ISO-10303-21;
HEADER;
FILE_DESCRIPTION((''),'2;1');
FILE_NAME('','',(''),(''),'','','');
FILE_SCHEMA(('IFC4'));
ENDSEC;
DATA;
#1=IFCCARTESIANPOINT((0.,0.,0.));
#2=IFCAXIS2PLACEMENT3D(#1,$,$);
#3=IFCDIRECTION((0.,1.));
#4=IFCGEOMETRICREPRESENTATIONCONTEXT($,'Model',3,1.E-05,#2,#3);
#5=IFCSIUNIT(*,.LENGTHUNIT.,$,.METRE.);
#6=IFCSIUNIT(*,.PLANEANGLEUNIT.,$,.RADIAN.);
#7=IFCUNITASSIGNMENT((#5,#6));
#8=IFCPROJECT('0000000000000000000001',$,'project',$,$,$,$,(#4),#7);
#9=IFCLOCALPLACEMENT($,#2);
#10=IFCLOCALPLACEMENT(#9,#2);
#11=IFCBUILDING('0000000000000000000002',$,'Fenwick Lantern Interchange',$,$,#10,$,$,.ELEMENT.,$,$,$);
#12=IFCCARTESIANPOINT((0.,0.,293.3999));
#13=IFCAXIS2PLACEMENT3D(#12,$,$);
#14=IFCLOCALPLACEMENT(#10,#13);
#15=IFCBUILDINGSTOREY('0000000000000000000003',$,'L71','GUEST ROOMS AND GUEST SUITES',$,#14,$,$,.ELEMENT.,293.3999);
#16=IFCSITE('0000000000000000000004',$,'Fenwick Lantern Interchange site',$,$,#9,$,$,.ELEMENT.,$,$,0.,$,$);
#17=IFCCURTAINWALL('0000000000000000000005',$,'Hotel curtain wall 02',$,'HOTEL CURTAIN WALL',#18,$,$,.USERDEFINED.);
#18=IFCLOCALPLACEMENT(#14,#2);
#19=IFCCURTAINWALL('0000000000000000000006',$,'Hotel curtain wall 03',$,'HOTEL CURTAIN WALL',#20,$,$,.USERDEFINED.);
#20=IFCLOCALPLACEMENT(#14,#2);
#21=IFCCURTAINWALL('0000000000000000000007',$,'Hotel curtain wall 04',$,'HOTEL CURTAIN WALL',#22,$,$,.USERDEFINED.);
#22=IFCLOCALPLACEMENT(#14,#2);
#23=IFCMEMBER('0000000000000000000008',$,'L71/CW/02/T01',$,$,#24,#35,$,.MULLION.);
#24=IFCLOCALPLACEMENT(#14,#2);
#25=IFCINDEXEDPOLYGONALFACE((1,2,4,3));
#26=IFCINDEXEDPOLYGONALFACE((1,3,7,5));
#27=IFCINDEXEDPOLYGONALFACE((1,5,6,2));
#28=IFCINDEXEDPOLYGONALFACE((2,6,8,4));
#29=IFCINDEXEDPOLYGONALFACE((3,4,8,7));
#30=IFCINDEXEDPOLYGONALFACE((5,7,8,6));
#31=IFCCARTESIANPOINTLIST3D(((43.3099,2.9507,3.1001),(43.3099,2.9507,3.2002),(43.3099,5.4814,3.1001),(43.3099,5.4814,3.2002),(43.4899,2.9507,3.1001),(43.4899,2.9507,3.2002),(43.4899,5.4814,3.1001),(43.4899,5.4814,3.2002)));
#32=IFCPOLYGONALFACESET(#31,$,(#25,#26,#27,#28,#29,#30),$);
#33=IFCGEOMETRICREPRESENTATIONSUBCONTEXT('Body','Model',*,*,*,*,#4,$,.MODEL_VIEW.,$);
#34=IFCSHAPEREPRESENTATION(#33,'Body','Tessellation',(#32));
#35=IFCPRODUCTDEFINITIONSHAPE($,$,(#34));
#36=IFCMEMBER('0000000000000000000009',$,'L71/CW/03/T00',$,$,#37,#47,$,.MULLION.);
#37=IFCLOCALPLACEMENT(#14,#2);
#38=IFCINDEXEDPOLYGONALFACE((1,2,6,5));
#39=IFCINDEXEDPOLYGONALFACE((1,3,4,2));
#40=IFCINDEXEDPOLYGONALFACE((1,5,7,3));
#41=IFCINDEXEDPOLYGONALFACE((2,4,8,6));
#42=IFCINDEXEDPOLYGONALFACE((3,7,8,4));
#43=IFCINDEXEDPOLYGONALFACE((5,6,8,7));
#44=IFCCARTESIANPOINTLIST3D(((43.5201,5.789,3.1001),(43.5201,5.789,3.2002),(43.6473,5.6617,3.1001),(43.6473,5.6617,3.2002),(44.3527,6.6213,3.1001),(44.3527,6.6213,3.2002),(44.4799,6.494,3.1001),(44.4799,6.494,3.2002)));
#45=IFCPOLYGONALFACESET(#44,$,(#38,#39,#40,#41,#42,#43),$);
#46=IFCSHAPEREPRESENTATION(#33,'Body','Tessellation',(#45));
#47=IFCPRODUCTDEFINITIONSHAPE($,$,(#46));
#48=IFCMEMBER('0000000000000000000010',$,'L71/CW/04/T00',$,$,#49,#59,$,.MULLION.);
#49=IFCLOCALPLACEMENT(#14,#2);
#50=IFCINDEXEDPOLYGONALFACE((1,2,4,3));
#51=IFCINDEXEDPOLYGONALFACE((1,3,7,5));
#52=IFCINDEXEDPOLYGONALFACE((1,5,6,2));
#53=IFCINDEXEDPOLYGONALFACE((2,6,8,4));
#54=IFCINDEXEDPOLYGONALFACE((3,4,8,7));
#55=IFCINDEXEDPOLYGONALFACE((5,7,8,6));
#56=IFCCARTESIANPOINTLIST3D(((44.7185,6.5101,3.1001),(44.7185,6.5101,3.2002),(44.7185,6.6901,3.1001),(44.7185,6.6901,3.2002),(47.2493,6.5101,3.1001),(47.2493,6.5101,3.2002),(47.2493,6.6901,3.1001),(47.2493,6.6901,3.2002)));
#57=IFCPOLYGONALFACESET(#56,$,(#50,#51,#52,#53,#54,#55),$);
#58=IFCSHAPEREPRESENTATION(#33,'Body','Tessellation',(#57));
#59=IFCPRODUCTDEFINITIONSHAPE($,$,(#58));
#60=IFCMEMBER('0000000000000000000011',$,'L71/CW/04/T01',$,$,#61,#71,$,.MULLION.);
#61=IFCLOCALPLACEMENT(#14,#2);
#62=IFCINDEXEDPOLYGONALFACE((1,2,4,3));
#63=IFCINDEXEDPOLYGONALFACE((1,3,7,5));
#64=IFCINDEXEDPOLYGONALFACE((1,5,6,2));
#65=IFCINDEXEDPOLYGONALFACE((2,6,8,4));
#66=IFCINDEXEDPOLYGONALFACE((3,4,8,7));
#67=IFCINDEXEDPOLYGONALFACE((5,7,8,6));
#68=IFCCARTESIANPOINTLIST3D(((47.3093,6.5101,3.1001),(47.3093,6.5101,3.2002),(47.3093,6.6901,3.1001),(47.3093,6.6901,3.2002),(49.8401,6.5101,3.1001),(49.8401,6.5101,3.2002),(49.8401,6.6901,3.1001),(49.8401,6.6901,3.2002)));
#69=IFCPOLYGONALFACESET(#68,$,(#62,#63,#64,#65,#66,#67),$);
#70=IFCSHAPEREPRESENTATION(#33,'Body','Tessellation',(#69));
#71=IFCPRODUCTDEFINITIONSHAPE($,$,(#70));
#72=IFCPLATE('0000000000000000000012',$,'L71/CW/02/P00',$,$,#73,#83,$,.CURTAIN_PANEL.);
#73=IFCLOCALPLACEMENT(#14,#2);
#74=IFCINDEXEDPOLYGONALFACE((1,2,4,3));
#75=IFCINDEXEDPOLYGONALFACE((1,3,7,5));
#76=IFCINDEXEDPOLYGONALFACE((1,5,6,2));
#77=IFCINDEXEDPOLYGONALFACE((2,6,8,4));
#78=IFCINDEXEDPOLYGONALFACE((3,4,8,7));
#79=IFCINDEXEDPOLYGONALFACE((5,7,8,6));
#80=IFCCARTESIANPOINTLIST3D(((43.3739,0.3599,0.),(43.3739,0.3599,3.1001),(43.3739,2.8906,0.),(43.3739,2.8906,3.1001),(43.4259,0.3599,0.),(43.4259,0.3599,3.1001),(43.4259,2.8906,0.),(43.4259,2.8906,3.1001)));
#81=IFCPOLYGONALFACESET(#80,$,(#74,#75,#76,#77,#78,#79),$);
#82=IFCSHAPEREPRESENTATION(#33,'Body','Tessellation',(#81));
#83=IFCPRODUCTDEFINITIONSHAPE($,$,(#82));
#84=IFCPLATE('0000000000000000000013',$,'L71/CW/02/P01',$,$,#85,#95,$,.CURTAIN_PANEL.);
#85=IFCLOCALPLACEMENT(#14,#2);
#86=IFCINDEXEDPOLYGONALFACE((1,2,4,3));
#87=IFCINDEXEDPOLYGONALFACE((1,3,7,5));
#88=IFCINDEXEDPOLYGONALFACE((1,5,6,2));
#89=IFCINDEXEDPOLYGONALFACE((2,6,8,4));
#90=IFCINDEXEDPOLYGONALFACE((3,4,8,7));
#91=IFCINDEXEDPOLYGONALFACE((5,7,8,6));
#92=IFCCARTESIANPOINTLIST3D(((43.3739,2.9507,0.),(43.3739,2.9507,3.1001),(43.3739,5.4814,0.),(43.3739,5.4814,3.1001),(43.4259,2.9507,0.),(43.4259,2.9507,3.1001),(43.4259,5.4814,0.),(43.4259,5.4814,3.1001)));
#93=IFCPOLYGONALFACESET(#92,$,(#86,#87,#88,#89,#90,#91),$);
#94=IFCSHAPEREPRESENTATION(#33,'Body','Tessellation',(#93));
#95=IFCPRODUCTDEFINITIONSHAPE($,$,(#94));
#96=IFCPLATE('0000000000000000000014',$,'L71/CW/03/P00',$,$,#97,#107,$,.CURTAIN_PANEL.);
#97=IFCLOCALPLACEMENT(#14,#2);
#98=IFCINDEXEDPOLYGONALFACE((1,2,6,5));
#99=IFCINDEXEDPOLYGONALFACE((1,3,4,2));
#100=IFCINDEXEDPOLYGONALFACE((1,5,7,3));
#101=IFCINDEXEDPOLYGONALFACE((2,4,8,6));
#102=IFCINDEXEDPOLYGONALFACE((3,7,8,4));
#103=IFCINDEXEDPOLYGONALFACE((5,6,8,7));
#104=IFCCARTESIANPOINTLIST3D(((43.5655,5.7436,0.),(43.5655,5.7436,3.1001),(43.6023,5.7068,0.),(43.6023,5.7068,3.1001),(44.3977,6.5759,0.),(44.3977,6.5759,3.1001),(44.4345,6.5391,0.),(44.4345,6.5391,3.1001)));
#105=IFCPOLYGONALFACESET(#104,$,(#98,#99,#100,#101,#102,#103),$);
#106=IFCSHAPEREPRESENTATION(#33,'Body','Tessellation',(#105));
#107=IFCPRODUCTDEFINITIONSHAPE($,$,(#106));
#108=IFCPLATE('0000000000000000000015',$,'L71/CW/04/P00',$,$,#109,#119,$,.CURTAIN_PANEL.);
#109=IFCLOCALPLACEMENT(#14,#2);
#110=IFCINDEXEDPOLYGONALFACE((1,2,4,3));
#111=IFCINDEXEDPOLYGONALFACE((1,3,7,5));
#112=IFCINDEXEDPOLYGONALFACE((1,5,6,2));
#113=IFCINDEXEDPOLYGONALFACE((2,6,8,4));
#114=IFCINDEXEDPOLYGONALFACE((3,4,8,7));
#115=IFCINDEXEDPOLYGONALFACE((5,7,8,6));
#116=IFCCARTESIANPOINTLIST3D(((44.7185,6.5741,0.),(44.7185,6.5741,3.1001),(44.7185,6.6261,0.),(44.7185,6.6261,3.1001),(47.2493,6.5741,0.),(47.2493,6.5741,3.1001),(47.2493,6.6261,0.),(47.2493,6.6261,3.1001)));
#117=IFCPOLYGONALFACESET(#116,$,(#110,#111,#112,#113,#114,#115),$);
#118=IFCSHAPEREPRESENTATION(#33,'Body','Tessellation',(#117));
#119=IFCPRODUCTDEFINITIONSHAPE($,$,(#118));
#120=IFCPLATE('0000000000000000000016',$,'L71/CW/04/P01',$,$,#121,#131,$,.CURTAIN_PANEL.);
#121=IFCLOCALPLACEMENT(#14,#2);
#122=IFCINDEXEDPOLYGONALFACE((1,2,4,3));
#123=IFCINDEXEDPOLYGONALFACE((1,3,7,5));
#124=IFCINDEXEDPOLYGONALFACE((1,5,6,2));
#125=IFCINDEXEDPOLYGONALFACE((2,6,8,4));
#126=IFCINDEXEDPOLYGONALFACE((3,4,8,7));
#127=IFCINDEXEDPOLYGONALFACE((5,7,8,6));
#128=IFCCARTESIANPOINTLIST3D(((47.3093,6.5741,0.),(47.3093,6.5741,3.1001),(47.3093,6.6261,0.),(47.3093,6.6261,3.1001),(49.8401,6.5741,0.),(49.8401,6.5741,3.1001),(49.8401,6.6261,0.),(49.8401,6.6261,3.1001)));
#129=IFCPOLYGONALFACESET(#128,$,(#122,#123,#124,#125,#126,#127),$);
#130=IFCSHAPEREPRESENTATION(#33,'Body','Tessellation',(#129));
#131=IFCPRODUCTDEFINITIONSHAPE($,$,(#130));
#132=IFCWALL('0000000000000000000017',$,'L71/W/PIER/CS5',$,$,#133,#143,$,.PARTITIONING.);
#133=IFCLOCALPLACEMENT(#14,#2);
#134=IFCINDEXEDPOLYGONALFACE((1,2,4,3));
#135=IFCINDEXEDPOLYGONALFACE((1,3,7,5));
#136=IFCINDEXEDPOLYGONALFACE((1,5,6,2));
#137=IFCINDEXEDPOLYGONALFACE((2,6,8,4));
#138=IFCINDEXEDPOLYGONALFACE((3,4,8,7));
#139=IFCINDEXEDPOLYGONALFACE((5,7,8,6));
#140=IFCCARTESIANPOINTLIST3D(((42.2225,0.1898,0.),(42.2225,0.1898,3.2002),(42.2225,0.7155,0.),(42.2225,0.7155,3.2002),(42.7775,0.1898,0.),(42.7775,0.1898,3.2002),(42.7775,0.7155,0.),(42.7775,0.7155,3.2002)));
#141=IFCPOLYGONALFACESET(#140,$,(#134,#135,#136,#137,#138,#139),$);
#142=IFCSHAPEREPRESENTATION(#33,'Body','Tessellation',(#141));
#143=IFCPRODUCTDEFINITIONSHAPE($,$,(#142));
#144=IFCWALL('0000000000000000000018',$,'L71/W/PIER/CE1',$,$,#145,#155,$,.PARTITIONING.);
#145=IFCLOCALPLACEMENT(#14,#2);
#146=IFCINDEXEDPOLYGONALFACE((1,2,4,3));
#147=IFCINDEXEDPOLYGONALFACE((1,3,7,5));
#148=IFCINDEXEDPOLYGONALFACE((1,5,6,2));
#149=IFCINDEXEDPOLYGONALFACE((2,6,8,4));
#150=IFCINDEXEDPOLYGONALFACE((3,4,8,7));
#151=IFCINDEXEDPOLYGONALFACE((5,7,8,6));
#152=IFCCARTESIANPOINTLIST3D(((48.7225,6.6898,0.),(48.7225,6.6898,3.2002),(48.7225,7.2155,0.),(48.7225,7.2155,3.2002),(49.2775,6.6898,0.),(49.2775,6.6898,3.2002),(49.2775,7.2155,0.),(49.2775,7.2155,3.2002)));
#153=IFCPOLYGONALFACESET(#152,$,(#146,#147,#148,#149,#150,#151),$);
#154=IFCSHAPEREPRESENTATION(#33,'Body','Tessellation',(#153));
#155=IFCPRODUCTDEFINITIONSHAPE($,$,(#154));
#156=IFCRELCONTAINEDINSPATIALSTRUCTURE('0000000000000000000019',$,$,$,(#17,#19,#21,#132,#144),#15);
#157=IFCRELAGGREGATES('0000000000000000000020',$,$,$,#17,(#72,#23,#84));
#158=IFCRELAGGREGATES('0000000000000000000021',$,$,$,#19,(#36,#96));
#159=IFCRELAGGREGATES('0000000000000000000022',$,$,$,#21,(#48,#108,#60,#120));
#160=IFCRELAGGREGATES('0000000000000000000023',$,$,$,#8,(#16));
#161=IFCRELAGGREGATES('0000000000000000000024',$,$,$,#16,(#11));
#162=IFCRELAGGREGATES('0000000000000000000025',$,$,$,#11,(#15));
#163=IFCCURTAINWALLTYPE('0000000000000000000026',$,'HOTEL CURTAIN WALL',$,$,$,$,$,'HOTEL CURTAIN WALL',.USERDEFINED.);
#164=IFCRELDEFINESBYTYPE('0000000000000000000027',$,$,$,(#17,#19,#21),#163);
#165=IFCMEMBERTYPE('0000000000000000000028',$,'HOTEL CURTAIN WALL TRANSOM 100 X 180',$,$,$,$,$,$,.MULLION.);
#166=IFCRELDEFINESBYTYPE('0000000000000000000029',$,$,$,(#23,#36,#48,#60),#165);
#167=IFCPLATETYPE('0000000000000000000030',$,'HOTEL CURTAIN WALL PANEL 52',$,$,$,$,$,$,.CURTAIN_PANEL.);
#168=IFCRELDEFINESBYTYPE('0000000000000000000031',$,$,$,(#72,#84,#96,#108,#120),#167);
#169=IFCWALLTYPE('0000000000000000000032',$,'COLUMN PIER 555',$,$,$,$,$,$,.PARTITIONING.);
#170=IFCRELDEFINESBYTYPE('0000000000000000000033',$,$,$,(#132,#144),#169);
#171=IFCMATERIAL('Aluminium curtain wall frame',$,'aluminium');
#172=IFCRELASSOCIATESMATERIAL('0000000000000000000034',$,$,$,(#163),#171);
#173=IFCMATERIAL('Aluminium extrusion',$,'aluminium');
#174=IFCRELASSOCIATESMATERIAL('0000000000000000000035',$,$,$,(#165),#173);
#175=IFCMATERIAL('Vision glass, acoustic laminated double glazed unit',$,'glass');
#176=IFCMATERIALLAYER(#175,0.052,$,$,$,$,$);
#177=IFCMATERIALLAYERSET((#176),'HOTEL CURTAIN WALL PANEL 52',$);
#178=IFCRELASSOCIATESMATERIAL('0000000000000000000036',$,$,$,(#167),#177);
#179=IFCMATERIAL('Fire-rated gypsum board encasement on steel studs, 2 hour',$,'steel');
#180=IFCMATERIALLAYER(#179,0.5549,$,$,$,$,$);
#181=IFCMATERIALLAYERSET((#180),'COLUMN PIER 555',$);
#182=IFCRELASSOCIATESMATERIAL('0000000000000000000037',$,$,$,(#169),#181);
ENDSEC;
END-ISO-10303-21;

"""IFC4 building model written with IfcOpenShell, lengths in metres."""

from ifc_helpers import new_model, si_unit, direction, frame, frame_2d, origin, origin_2d, place, context, subcontext, project, spatial, rectangle, extrude, material, layer, layer_set, material_profile, profile_set, type_object, element, aggregate, save


model = new_model("IFC4")

# Units and contexts
model_context = context("Model", 3, precision=1e-05, world=origin(), true_north=direction((0.0, 1.0)))
body_context = subcontext(model_context, "Body", "Model", "MODEL_VIEW")
ifc_project = project(units=[si_unit("LENGTHUNIT", "METRE"), si_unit("PLANEANGLEUNIT", "RADIAN")], contexts=[model_context])

# Site, building, storey
site_placement = place(None, origin())
site = spatial("IfcSite", under=ifc_project, at=site_placement, Name="Fenwick Lantern Interchange site", CompositionType="ELEMENT", RefElevation=0.0)
building_placement = place(site_placement, origin())
building = spatial("IfcBuilding", under=site, at=building_placement, Name="Fenwick Lantern Interchange", CompositionType="ELEMENT")
storey_placement = place(building_placement, frame((0.0, 0.0, 293.3999)))
storey = spatial("IfcBuildingStorey", under=building, at=storey_placement, Name="L71", Description="GUEST ROOMS AND GUEST SUITES", CompositionType="ELEMENT", Elevation=293.3999)

# Shared definitions
ifc_material_1 = material(Name="Aluminium curtain wall frame", Category="aluminium")
curtain_wall_type = type_object("IfcCurtainWallType", Name="HOTEL CURTAIN WALL", ElementType="HOTEL CURTAIN WALL", PredefinedType="USERDEFINED", material=ifc_material_1)
ifc_material_2 = material(Name="Aluminium extrusion", Category="aluminium")

# Curtain walls
curtain_wall_1_placement = place(storey_placement, origin())
curtain_wall_1 = element("IfcCurtainWall", 1, at=curtain_wall_1_placement, inside=storey, type_object=curtain_wall_type, Name="Hotel curtain wall 02", ObjectType="HOTEL CURTAIN WALL", PredefinedType="USERDEFINED")
curtain_wall_2_placement = place(storey_placement, origin())
curtain_wall_2 = element("IfcCurtainWall", 2, at=curtain_wall_2_placement, inside=storey, type_object=curtain_wall_type, Name="Hotel curtain wall 03", ObjectType="HOTEL CURTAIN WALL", PredefinedType="USERDEFINED")
curtain_wall_3_placement = place(storey_placement, origin())
curtain_wall_3 = element("IfcCurtainWall", 3, at=curtain_wall_3_placement, inside=storey, type_object=curtain_wall_type, Name="Hotel curtain wall 04", ObjectType="HOTEL CURTAIN WALL", PredefinedType="USERDEFINED")

# Members
ifc_material_profile_1 = material_profile(ifc_material_2, rectangle(XDim=0.1799, YDim=0.1001, at=origin_2d()), Name="HOTEL CURTAIN WALL TRANSOM 100 X 180")
ifc_profile_set_1 = profile_set([ifc_material_profile_1], Name="Aluminium extrusion")
member_type_1 = type_object("IfcMemberType", Name="HOTEL CURTAIN WALL TRANSOM 100 X 180", PredefinedType="MULLION", material=ifc_profile_set_1)
member_1_placement = place(storey_placement, frame((43.3999, 2.9507, 3.1501), z_axis=(0.0, 1.0, 0.0), x_axis=(-1.0, 0.0, 0.0)))
member_1 = element("IfcMember", 4, at=member_1_placement, type_object=member_type_1, Name="L71/CW/02/T01", PredefinedType="MULLION", context=body_context, shape_type="SweptSolid", body=[
    extrude(rectangle(XDim=0.1799, YDim=0.1001, at=origin_2d()), origin(), (0.0, 0.0, 1.0), 2.5308),
])
member_2_placement = place(storey_placement, frame((43.5837, 5.7253, 3.1501), z_axis=(0.70721, 0.707003, 0.0), x_axis=(-0.707003, 0.70721, 0.0)))
member_2 = element("IfcMember", 5, at=member_2_placement, type_object=member_type_1, Name="L71/CW/03/T00", PredefinedType="MULLION", context=body_context, shape_type="SweptSolid", body=[
    extrude(rectangle(XDim=0.1799, YDim=0.1001, at=origin_2d()), origin(), (0.0, 0.0, 1.0), 1.1772),
])
member_3_placement = place(storey_placement, frame((44.7185, 6.6001, 3.1501), z_axis=(1.0, 0.0, 0.0), x_axis=(0.0, 1.0, 0.0)))
member_3 = element("IfcMember", 6, at=member_3_placement, type_object=member_type_1, Name="L71/CW/04/T00", PredefinedType="MULLION", context=body_context, shape_type="SweptSolid", body=[
    extrude(rectangle(XDim=0.1799, YDim=0.1001, at=origin_2d()), origin(), (0.0, 0.0, 1.0), 2.5308),
])
member_4_placement = place(storey_placement, frame((47.3093, 6.6001, 3.1501), z_axis=(1.0, 0.0, 0.0), x_axis=(0.0, 1.0, 0.0)))
member_4 = element("IfcMember", 7, at=member_4_placement, type_object=member_type_1, Name="L71/CW/04/T01", PredefinedType="MULLION", context=body_context, shape_type="SweptSolid", body=[
    extrude(rectangle(XDim=0.1799, YDim=0.1001, at=origin_2d()), origin(), (0.0, 0.0, 1.0), 2.5308),
])

# Plates
ifc_material_3 = material(Name="Vision glass, acoustic laminated double glazed unit", Category="glass")
ifc_layer_1 = layer(ifc_material_3, 0.052)
ifc_layer_set_1 = layer_set([ifc_layer_1], Name="HOTEL CURTAIN WALL PANEL 52")
plate_type = type_object("IfcPlateType", Name="HOTEL CURTAIN WALL PANEL 52", PredefinedType="CURTAIN_PANEL", material=ifc_layer_set_1)
plate_1_placement = place(storey_placement, frame((43.3999, 1.6252, 0.0), z_axis=(0.0, 0.0, 1.0), x_axis=(0.0, 1.0, 0.0)))
plate_1 = element("IfcPlate", 8, at=plate_1_placement, type_object=plate_type, Name="L71/CW/02/P00", PredefinedType="CURTAIN_PANEL", context=body_context, shape_type="SweptSolid", body=[
    extrude(rectangle(XDim=2.5308, YDim=0.052, at=origin_2d()), origin(), (0.0, 0.0, 1.0), 3.1001),
])
plate_2_placement = place(storey_placement, frame((43.3999, 4.2161, 0.0), z_axis=(0.0, 0.0, 1.0), x_axis=(0.0, 1.0, 0.0)))
plate_2 = element("IfcPlate", 9, at=plate_2_placement, type_object=plate_type, Name="L71/CW/02/P01", PredefinedType="CURTAIN_PANEL", context=body_context, shape_type="SweptSolid", body=[
    extrude(rectangle(XDim=2.5308, YDim=0.052, at=origin_2d()), origin(), (0.0, 0.0, 1.0), 3.1001),
])
aggregate(curtain_wall_1, [plate_1, member_1, plate_2])
plate_3_placement = place(storey_placement, frame((44.0, 6.1414, 0.0), z_axis=(0.0, 0.0, 1.0), x_axis=(0.707107, 0.707107, 0.0)))
plate_3 = element("IfcPlate", 10, at=plate_3_placement, type_object=plate_type, Name="L71/CW/03/P00", PredefinedType="CURTAIN_PANEL", context=body_context, shape_type="SweptSolid", body=[
    extrude(rectangle(XDim=1.177, YDim=0.052, at=origin_2d()), origin(), (0.0, 0.0, 1.0), 3.1001),
])
aggregate(curtain_wall_2, [member_2, plate_3])
plate_4_placement = place(storey_placement, frame((45.9839, 6.6001, 0.0), z_axis=(0.0, 0.0, 1.0), x_axis=(1.0, 0.0, 0.0)))
plate_4 = element("IfcPlate", 11, at=plate_4_placement, type_object=plate_type, Name="L71/CW/04/P00", PredefinedType="CURTAIN_PANEL", context=body_context, shape_type="SweptSolid", body=[
    extrude(rectangle(XDim=2.5308, YDim=0.052, at=origin_2d()), origin(), (0.0, 0.0, 1.0), 3.1001),
])
plate_5_placement = place(storey_placement, frame((48.5747, 6.6001, 0.0), z_axis=(0.0, 0.0, 1.0), x_axis=(1.0, 0.0, 0.0)))
plate_5 = element("IfcPlate", 12, at=plate_5_placement, type_object=plate_type, Name="L71/CW/04/P01", PredefinedType="CURTAIN_PANEL", context=body_context, shape_type="SweptSolid", body=[
    extrude(rectangle(XDim=2.5308, YDim=0.052, at=origin_2d()), origin(), (0.0, 0.0, 1.0), 3.1001),
])
aggregate(curtain_wall_3, [member_3, plate_4, member_4, plate_5])

# Walls
ifc_material_4 = material(Name="Fire-rated gypsum board encasement on steel studs, 2 hour", Category="steel")
ifc_layer_2 = layer(ifc_material_4, 0.5549)
ifc_layer_set_2 = layer_set([ifc_layer_2], Name="COLUMN PIER 555")
wall_type = type_object("IfcWallType", Name="COLUMN PIER 555", PredefinedType="PARTITIONING", material=ifc_layer_set_2)
for number, where, z_axis, x_axis, name in (
    (13, (42.5, 0.1899, 0.0), (0.0, 0.0, 1.0), (0.0, 1.0, 0.0), "L71/W/PIER/CS5"),
    (14, (49.0, 6.6899, 0.0), (0.0, 0.0, 1.0), (0.0, 1.0, 0.0), "L71/W/PIER/CE1"),
):
    element("IfcWall", number, at=place(storey_placement, frame(where, z_axis=z_axis, x_axis=x_axis)), inside=storey, type_object=wall_type, Name=name, PredefinedType="PARTITIONING", context=body_context, shape_type="SweptSolid", body=[
        extrude(rectangle(XDim=0.5256, YDim=0.5549, at=frame_2d((0.2627, 0.0))), origin(), (0.0, 0.0, 1.0), 3.2002),
    ])

save(model, "model.ifc")
